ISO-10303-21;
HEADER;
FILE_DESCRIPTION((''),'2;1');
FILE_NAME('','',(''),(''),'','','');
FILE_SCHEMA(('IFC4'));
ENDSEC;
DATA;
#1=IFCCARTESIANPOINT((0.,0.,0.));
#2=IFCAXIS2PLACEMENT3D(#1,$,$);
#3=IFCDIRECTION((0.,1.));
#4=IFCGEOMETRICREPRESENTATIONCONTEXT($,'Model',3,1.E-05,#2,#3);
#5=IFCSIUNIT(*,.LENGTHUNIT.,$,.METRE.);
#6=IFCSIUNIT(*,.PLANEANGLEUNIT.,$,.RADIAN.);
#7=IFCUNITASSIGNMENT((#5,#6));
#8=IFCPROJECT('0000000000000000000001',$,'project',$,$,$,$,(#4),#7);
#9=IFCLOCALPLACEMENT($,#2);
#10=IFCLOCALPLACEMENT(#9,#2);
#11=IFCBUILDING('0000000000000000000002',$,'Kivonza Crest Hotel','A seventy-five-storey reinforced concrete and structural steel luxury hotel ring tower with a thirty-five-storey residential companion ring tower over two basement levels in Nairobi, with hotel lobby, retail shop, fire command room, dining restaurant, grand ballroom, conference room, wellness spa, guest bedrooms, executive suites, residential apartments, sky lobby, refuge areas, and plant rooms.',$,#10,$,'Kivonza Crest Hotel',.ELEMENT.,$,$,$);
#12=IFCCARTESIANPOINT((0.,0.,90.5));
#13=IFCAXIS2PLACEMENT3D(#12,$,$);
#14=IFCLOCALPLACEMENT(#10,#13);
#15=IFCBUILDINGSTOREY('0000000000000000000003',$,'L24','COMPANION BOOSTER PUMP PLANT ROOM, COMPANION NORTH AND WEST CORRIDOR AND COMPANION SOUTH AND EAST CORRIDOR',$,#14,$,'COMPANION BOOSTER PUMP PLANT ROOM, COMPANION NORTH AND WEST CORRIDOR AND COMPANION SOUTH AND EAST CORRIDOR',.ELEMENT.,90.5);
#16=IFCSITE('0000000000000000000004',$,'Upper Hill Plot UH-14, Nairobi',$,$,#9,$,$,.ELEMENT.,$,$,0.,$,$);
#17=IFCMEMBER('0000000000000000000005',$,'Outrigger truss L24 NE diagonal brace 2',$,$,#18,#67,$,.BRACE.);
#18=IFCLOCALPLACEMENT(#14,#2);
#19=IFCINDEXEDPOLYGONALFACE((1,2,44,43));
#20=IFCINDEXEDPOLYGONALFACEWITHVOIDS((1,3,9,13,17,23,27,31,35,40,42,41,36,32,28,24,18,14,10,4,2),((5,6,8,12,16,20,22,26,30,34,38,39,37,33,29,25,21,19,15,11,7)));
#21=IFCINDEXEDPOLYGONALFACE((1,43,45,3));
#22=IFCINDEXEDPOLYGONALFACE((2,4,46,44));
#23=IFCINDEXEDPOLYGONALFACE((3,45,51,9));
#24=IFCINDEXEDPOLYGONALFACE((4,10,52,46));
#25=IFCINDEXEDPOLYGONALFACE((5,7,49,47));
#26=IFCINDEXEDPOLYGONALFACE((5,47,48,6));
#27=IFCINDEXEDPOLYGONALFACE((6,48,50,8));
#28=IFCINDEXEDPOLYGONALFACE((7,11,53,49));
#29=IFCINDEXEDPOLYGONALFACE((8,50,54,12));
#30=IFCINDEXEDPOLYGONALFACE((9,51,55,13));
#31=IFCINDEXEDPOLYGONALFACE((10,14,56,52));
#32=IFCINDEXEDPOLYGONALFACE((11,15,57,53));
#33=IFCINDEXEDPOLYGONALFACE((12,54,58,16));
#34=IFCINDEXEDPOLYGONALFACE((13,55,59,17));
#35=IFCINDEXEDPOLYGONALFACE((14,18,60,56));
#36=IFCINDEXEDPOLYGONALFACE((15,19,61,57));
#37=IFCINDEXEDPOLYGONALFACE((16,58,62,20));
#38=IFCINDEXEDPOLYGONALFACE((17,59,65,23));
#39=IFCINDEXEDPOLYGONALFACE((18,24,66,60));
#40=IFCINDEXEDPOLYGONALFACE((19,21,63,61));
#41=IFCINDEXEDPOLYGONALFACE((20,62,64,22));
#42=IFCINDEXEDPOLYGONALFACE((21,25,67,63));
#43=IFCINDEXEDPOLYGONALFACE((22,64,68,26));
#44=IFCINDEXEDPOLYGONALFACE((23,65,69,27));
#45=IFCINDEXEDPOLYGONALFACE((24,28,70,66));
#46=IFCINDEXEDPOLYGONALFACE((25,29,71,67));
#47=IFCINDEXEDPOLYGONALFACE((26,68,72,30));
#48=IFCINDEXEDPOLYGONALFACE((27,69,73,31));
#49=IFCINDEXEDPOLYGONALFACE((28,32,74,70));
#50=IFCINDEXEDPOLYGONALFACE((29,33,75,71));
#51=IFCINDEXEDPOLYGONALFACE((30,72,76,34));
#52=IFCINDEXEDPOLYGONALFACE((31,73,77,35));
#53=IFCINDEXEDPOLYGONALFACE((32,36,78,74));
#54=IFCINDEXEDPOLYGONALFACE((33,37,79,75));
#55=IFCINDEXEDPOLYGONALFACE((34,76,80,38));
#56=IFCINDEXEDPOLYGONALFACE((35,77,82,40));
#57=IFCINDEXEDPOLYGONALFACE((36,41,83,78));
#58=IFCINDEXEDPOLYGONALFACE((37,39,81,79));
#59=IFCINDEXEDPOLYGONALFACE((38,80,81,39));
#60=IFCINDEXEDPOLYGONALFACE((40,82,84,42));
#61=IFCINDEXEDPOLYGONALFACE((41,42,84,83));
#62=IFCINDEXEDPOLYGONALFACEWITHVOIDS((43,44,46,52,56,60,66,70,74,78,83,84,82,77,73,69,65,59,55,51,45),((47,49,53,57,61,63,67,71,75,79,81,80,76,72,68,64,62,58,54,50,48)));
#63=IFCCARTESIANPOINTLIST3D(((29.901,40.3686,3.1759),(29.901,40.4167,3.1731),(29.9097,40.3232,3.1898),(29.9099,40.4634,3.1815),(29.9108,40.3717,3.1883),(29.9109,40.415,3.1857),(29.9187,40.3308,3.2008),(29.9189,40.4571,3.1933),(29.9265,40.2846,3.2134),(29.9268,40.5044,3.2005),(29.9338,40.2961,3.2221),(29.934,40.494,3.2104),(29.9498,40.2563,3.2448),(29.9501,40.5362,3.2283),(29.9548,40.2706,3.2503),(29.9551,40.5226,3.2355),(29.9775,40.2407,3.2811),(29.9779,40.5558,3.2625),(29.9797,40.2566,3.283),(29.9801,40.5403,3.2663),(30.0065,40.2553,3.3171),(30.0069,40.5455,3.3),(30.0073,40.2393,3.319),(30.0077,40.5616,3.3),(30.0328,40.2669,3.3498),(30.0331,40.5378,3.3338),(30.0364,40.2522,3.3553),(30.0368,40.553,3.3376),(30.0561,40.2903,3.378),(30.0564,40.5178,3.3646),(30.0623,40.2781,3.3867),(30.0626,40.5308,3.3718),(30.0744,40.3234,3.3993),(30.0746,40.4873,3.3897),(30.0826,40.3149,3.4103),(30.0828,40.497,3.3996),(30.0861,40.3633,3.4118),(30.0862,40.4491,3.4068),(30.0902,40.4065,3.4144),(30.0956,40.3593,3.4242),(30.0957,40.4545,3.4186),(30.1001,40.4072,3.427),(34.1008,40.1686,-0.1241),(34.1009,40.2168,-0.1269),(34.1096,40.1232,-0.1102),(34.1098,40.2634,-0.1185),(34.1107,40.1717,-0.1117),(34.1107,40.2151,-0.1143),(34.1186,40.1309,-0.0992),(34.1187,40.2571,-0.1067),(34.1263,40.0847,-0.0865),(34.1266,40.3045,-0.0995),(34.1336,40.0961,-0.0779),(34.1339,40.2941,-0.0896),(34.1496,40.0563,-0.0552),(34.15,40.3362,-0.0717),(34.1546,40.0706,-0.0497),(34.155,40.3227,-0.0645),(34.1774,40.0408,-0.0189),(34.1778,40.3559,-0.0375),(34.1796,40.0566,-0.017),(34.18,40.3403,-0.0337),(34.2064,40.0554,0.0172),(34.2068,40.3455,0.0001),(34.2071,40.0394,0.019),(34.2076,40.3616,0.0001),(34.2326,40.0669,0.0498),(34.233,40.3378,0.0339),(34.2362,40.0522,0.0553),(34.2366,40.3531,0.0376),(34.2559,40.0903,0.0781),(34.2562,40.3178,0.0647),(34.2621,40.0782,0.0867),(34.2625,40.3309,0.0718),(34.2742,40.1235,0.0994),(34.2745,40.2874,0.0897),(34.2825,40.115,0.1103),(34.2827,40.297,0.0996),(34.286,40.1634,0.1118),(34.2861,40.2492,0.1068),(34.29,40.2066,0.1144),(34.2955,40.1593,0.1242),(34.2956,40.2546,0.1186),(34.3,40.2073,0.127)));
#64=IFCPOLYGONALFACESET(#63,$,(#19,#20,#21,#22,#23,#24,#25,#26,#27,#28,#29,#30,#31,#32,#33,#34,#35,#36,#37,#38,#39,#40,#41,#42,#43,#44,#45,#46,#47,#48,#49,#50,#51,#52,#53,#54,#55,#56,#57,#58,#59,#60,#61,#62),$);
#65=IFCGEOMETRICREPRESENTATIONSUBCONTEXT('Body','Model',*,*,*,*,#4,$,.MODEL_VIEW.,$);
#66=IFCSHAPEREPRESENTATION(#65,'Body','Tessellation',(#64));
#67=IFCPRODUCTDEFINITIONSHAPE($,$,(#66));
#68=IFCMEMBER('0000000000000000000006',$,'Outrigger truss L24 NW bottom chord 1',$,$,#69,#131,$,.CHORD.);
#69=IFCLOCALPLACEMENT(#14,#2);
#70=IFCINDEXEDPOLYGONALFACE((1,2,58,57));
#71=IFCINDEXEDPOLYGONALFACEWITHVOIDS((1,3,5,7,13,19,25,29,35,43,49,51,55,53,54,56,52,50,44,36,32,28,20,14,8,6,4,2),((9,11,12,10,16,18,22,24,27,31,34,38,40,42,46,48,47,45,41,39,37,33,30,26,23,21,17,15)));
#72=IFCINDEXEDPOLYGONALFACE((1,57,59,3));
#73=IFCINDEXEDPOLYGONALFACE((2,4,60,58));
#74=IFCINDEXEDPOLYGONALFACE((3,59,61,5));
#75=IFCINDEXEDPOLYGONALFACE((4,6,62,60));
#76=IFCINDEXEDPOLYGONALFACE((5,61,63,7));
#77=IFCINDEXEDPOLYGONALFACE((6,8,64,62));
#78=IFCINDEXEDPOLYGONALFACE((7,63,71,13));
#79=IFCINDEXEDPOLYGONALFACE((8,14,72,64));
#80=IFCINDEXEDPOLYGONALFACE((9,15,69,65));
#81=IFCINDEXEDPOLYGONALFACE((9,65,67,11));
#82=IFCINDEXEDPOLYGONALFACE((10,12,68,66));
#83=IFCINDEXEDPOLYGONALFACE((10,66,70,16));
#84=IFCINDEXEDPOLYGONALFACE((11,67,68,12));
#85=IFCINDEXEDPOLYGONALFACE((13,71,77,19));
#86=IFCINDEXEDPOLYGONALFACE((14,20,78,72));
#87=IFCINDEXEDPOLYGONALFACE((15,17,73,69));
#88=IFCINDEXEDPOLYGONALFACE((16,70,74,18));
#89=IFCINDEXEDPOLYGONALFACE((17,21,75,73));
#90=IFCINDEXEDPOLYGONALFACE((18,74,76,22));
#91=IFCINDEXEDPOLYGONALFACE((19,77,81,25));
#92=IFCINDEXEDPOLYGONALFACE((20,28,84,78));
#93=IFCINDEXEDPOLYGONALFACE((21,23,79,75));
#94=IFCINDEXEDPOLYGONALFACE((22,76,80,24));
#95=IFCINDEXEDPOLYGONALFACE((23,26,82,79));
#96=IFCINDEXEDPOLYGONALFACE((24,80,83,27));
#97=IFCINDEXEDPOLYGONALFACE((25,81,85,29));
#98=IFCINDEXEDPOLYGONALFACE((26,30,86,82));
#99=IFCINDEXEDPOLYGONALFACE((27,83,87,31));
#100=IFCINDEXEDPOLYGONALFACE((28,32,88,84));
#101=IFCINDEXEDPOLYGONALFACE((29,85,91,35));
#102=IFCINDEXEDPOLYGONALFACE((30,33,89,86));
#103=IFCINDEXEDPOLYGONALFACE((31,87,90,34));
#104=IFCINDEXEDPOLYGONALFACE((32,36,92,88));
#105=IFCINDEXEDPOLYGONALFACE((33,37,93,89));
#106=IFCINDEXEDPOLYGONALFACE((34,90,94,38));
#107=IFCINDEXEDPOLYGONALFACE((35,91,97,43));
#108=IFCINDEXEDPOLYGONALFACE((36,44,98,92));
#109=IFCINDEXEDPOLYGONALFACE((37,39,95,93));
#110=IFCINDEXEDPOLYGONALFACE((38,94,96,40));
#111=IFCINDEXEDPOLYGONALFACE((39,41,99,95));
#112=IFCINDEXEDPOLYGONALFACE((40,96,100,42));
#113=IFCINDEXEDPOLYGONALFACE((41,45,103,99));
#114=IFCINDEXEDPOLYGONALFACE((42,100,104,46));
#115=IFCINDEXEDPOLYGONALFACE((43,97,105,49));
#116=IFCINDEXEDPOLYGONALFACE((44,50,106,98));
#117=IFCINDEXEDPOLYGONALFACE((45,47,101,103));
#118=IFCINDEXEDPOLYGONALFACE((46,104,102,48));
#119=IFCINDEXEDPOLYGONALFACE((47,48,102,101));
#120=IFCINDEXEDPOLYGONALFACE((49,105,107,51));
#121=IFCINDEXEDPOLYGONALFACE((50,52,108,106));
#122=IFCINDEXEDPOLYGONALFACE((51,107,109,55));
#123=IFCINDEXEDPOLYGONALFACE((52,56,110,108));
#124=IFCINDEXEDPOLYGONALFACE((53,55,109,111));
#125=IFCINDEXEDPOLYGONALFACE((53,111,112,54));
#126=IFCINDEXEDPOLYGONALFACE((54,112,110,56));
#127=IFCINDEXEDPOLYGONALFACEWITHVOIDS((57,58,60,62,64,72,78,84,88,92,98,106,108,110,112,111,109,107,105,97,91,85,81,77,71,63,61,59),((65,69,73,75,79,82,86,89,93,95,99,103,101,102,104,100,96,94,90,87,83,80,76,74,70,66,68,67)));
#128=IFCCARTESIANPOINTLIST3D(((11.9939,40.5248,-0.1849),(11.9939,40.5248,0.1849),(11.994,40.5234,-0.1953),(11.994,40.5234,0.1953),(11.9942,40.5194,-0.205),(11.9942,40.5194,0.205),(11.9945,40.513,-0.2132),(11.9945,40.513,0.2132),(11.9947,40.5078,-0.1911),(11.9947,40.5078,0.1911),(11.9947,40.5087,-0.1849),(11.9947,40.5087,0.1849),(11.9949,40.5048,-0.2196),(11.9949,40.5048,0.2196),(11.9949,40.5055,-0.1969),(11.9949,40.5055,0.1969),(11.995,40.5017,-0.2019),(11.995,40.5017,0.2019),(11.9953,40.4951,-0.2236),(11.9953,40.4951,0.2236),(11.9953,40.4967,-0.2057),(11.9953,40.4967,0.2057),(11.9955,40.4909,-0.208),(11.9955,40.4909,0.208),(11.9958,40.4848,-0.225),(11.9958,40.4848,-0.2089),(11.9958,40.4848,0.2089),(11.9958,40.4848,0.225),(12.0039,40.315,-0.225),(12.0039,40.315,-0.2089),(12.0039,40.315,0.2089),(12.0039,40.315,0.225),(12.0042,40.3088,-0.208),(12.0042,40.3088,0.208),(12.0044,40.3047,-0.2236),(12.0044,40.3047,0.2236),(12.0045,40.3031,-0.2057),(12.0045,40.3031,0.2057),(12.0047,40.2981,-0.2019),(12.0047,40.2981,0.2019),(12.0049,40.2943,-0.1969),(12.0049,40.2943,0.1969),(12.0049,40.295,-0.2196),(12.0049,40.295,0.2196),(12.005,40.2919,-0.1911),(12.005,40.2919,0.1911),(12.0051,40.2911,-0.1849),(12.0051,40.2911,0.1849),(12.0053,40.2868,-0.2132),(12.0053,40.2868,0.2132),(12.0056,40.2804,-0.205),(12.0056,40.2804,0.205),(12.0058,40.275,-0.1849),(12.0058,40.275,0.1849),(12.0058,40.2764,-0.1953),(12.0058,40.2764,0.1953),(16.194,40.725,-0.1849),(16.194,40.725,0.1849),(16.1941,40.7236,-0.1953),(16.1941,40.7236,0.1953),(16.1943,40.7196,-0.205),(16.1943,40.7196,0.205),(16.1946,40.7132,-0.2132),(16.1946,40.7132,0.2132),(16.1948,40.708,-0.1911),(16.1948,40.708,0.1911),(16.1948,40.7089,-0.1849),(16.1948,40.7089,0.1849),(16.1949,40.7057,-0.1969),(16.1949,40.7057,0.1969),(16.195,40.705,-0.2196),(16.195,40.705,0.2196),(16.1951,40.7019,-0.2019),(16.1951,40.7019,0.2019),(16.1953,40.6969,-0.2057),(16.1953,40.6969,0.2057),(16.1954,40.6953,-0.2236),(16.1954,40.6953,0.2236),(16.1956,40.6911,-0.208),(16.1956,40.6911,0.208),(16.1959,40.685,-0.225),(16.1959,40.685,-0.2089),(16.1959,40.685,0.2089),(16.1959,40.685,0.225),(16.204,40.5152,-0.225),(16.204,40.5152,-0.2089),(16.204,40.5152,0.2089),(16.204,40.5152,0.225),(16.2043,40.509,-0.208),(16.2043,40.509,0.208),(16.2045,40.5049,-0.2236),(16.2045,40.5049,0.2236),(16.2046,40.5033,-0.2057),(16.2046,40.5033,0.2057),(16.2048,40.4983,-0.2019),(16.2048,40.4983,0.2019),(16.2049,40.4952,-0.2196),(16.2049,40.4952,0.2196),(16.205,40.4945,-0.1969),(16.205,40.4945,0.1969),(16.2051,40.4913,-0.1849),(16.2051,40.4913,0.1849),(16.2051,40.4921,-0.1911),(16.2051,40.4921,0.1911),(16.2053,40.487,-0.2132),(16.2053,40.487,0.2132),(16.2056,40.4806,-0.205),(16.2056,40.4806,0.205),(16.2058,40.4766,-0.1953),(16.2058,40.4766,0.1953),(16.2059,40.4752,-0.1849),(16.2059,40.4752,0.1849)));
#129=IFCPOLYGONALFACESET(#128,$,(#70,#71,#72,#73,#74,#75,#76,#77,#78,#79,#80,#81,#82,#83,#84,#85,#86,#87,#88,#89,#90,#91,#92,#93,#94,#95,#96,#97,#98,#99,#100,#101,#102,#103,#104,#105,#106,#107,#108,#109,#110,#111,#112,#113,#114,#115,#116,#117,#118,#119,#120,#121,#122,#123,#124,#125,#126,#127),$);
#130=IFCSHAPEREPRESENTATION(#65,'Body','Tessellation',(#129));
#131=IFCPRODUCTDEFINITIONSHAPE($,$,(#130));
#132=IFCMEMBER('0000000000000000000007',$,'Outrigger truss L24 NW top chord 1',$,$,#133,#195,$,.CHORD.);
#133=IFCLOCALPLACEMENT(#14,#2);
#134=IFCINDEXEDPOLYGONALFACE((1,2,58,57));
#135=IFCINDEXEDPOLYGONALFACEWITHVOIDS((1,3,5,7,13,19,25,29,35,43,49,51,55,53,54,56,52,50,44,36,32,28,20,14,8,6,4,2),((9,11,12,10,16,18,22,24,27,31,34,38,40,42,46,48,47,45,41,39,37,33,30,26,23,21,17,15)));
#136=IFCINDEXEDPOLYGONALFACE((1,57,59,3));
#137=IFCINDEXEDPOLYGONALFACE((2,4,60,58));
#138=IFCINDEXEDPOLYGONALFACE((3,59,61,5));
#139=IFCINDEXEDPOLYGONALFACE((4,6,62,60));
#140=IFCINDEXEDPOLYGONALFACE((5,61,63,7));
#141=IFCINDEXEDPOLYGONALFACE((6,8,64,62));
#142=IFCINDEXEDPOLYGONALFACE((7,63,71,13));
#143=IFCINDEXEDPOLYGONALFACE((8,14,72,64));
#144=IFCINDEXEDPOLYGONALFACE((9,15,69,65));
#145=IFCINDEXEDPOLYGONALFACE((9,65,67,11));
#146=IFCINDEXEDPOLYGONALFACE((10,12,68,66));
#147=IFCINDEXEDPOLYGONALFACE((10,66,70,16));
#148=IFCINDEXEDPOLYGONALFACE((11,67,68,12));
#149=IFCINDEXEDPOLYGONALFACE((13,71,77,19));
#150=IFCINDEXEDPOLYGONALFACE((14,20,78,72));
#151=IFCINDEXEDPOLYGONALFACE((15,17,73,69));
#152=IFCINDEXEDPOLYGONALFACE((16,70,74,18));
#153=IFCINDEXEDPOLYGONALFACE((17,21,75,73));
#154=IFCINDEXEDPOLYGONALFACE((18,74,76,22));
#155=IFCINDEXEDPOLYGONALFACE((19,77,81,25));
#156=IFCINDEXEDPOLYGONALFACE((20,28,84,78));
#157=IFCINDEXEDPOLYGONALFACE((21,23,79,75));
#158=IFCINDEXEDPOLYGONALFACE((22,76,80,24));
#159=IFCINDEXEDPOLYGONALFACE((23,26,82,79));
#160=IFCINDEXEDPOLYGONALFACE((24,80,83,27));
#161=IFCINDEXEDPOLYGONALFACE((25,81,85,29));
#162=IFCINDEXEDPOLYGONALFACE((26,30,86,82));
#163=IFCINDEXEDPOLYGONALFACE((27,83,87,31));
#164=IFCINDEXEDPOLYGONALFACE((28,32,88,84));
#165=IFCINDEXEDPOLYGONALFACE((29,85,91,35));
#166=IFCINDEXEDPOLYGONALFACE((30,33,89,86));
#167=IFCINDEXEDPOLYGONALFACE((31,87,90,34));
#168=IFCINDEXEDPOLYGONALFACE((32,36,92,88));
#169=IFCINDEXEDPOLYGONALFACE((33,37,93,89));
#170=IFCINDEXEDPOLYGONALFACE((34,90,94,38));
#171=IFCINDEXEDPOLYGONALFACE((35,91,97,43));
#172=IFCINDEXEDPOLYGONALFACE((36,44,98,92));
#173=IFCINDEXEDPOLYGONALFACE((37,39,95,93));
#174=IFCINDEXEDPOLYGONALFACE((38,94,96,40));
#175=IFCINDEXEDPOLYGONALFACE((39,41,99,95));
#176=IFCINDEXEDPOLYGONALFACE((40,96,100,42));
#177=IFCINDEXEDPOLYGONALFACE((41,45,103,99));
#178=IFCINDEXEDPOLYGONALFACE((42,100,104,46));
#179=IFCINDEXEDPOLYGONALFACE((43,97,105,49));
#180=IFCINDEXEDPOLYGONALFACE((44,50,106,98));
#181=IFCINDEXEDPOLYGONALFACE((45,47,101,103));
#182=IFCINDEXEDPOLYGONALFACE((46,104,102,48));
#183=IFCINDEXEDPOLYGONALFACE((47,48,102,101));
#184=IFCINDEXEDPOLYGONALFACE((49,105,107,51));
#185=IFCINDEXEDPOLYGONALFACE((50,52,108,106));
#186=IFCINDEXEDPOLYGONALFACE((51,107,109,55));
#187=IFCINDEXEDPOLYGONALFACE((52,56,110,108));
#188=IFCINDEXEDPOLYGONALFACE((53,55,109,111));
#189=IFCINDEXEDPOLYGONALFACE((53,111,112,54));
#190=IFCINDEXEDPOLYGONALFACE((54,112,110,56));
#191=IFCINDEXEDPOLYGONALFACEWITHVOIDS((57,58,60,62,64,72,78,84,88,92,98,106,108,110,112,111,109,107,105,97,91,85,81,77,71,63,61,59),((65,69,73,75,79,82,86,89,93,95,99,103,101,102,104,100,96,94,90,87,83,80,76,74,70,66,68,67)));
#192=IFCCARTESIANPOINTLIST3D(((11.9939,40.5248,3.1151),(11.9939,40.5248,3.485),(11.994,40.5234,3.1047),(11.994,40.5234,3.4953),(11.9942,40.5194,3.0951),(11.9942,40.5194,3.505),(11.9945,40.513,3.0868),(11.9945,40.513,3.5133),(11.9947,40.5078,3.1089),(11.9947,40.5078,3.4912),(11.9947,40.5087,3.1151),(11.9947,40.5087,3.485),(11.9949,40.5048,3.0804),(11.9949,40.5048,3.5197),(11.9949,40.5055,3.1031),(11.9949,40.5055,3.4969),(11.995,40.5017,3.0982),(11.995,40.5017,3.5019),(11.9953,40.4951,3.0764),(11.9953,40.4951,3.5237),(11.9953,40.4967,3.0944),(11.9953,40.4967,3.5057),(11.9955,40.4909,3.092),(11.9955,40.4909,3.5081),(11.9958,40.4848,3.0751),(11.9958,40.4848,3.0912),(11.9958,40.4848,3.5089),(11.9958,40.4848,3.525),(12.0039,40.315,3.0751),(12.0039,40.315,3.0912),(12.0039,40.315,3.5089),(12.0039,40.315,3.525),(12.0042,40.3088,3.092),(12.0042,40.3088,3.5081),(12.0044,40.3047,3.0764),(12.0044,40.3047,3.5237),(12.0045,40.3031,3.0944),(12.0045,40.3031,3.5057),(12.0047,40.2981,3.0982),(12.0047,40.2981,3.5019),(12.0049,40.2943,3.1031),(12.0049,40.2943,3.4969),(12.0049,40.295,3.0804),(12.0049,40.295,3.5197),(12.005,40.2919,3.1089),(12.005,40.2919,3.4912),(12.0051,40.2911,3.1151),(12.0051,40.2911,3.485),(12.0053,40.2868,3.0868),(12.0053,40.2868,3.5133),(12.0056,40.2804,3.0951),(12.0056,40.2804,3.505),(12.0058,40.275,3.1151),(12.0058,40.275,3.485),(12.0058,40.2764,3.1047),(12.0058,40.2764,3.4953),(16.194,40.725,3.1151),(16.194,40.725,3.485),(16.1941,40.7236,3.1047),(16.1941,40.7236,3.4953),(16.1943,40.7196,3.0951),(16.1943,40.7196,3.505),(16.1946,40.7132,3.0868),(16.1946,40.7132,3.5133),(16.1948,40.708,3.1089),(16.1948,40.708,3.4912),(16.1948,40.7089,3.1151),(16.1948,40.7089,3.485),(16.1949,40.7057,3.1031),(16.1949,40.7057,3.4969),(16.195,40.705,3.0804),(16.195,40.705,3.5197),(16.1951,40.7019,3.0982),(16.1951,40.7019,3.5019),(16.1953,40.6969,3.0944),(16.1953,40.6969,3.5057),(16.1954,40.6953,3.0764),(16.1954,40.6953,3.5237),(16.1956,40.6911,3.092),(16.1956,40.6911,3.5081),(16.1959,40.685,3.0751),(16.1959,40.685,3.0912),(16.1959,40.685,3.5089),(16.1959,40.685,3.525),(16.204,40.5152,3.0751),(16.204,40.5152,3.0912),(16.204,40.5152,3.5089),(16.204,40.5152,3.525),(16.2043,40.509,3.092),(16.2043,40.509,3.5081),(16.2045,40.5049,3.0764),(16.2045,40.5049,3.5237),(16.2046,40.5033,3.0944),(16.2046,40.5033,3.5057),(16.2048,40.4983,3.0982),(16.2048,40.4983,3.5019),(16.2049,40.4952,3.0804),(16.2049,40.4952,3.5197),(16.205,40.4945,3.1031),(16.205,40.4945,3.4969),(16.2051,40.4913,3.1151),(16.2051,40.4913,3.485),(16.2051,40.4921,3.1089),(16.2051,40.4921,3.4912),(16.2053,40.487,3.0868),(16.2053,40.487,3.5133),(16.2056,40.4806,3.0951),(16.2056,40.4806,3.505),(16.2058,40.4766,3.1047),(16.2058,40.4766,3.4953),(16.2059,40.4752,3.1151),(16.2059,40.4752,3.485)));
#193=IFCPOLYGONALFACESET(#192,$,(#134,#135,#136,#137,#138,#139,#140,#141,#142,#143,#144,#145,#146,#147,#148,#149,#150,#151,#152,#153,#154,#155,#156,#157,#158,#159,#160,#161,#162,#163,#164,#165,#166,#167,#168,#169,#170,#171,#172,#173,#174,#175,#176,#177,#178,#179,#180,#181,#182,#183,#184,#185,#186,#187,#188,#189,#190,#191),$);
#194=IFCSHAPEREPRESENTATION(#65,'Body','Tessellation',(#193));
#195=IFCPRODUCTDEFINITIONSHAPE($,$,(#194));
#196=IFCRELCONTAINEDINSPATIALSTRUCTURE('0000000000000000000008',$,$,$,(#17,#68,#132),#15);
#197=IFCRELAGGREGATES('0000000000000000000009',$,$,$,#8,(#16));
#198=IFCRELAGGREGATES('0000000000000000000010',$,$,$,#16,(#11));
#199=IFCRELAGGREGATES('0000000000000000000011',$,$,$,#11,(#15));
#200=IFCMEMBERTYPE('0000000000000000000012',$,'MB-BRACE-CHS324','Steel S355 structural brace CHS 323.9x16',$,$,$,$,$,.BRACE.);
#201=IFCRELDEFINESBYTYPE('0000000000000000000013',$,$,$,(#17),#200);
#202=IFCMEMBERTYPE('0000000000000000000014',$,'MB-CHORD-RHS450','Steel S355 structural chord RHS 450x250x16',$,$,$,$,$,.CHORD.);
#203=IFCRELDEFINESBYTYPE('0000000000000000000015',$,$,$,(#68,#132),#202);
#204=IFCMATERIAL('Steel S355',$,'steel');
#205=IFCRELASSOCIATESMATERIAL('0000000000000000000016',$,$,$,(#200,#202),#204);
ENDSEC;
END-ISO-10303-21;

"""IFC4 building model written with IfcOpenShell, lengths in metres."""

from ifc_helpers import new_model, si_unit, direction, frame, origin, origin_2d, place, context, subcontext, project, spatial, hollow_rectangle, hollow_circle, extrude, material, material_profile, profile_set, type_object, element, save


model = new_model("IFC4")

# Units and contexts
model_context = context("Model", 3, precision=1e-05, world=origin(), true_north=direction((0.0, 1.0)))
body_context = subcontext(model_context, "Body", "Model", "MODEL_VIEW")
ifc_project = project(units=[si_unit("LENGTHUNIT", "METRE"), si_unit("PLANEANGLEUNIT", "RADIAN")], contexts=[model_context])

# Site, building, storey
site_placement = place(None, origin())
site = spatial("IfcSite", under=ifc_project, at=site_placement, Name="Upper Hill Plot UH-14, Nairobi", CompositionType="ELEMENT", RefElevation=0.0)
building_placement = place(site_placement, origin())
building = spatial("IfcBuilding", under=site, at=building_placement, Name="Kivonza Crest Hotel", Description="A seventy-five-storey reinforced concrete and structural steel luxury hotel ring tower with a thirty-five-storey residential companion ring tower over two basement levels in Nairobi, with hotel lobby, retail shop, fire command room, dining restaurant, grand ballroom, conference room, wellness spa, guest bedrooms, executive suites, residential apartments, sky lobby, refuge areas, and plant rooms.", LongName="Kivonza Crest Hotel", CompositionType="ELEMENT")
storey_placement = place(building_placement, frame((0.0, 0.0, 90.5)))
storey = spatial("IfcBuildingStorey", under=building, at=storey_placement, Name="L24", Description="COMPANION BOOSTER PUMP PLANT ROOM, COMPANION NORTH AND WEST CORRIDOR AND COMPANION SOUTH AND EAST CORRIDOR", LongName="COMPANION BOOSTER PUMP PLANT ROOM, COMPANION NORTH AND WEST CORRIDOR AND COMPANION SOUTH AND EAST CORRIDOR", CompositionType="ELEMENT", Elevation=90.5)

# Shared definitions
ifc_material_1 = material(Name="Steel S355", Category="steel")

# Members
ifc_material_profile_1 = material_profile(ifc_material_1, hollow_circle(Radius=0.1619, WallThickness=0.0161, at=origin_2d()), Name="CHS 323.9x16")
ifc_profile_set_1 = profile_set([ifc_material_profile_1], Name="Steel S355")
member_type_1 = type_object("IfcMemberType", Name="MB-BRACE-CHS324", Description="Steel S355 structural brace CHS 323.9x16", PredefinedType="BRACE", material=ifc_profile_set_1)
for number, where, z_axis, x_axis, name in (
    (1, (30.0, 40.3999, 3.3), (0.78576, -0.037408, -0.617399), (0.047554, 0.998869, 0.0), "Outrigger truss L24 NE diagonal brace 2"),
):
    element("IfcMember", number, at=place(storey_placement, frame(where, z_axis=z_axis, x_axis=x_axis)), inside=storey, type_object=member_type_1, Name=name, PredefinedType="BRACE", context=body_context, shape_type="SweptSolid", body=[
        extrude(hollow_circle(Radius=0.1619, WallThickness=0.0161, at=origin_2d()), origin(), (0.0, 0.0, 1.0), 5.345),
    ])
ifc_material_profile_2 = material_profile(ifc_material_1, hollow_rectangle(XDim=0.25, YDim=0.45, WallThickness=0.0161, InnerFilletRadius=0.0239, OuterFilletRadius=0.04, at=origin_2d()), Name="RHS 450x250x16")
ifc_profile_set_2 = profile_set([ifc_material_profile_2], Name="Steel S355")
member_type_2 = type_object("IfcMemberType", Name="MB-CHORD-RHS450", Description="Steel S355 structural chord RHS 450x250x16", PredefinedType="CHORD", material=ifc_profile_set_2)
for number, where, z_axis, x_axis, name in (
    (2, (16.2, 40.6001, 0.0), (-0.998866, -0.047612, 0.0), (0.047612, -0.998866, 0.0), "Outrigger truss L24 NW bottom chord 1"),
    (3, (16.2, 40.6001, 3.3), (-0.998866, -0.047612, 0.0), (0.047612, -0.998866, 0.0), "Outrigger truss L24 NW top chord 1"),
):
    element("IfcMember", number, at=place(storey_placement, frame(where, z_axis=z_axis, x_axis=x_axis)), inside=storey, type_object=member_type_2, Name=name, PredefinedType="CHORD", context=body_context, shape_type="SweptSolid", body=[
        extrude(hollow_rectangle(XDim=0.25, YDim=0.45, WallThickness=0.0161, InnerFilletRadius=0.0239, OuterFilletRadius=0.04, at=origin_2d()), origin(), (0.0, 0.0, 1.0), 4.2048),
    ])

save(model, "model.ifc")
